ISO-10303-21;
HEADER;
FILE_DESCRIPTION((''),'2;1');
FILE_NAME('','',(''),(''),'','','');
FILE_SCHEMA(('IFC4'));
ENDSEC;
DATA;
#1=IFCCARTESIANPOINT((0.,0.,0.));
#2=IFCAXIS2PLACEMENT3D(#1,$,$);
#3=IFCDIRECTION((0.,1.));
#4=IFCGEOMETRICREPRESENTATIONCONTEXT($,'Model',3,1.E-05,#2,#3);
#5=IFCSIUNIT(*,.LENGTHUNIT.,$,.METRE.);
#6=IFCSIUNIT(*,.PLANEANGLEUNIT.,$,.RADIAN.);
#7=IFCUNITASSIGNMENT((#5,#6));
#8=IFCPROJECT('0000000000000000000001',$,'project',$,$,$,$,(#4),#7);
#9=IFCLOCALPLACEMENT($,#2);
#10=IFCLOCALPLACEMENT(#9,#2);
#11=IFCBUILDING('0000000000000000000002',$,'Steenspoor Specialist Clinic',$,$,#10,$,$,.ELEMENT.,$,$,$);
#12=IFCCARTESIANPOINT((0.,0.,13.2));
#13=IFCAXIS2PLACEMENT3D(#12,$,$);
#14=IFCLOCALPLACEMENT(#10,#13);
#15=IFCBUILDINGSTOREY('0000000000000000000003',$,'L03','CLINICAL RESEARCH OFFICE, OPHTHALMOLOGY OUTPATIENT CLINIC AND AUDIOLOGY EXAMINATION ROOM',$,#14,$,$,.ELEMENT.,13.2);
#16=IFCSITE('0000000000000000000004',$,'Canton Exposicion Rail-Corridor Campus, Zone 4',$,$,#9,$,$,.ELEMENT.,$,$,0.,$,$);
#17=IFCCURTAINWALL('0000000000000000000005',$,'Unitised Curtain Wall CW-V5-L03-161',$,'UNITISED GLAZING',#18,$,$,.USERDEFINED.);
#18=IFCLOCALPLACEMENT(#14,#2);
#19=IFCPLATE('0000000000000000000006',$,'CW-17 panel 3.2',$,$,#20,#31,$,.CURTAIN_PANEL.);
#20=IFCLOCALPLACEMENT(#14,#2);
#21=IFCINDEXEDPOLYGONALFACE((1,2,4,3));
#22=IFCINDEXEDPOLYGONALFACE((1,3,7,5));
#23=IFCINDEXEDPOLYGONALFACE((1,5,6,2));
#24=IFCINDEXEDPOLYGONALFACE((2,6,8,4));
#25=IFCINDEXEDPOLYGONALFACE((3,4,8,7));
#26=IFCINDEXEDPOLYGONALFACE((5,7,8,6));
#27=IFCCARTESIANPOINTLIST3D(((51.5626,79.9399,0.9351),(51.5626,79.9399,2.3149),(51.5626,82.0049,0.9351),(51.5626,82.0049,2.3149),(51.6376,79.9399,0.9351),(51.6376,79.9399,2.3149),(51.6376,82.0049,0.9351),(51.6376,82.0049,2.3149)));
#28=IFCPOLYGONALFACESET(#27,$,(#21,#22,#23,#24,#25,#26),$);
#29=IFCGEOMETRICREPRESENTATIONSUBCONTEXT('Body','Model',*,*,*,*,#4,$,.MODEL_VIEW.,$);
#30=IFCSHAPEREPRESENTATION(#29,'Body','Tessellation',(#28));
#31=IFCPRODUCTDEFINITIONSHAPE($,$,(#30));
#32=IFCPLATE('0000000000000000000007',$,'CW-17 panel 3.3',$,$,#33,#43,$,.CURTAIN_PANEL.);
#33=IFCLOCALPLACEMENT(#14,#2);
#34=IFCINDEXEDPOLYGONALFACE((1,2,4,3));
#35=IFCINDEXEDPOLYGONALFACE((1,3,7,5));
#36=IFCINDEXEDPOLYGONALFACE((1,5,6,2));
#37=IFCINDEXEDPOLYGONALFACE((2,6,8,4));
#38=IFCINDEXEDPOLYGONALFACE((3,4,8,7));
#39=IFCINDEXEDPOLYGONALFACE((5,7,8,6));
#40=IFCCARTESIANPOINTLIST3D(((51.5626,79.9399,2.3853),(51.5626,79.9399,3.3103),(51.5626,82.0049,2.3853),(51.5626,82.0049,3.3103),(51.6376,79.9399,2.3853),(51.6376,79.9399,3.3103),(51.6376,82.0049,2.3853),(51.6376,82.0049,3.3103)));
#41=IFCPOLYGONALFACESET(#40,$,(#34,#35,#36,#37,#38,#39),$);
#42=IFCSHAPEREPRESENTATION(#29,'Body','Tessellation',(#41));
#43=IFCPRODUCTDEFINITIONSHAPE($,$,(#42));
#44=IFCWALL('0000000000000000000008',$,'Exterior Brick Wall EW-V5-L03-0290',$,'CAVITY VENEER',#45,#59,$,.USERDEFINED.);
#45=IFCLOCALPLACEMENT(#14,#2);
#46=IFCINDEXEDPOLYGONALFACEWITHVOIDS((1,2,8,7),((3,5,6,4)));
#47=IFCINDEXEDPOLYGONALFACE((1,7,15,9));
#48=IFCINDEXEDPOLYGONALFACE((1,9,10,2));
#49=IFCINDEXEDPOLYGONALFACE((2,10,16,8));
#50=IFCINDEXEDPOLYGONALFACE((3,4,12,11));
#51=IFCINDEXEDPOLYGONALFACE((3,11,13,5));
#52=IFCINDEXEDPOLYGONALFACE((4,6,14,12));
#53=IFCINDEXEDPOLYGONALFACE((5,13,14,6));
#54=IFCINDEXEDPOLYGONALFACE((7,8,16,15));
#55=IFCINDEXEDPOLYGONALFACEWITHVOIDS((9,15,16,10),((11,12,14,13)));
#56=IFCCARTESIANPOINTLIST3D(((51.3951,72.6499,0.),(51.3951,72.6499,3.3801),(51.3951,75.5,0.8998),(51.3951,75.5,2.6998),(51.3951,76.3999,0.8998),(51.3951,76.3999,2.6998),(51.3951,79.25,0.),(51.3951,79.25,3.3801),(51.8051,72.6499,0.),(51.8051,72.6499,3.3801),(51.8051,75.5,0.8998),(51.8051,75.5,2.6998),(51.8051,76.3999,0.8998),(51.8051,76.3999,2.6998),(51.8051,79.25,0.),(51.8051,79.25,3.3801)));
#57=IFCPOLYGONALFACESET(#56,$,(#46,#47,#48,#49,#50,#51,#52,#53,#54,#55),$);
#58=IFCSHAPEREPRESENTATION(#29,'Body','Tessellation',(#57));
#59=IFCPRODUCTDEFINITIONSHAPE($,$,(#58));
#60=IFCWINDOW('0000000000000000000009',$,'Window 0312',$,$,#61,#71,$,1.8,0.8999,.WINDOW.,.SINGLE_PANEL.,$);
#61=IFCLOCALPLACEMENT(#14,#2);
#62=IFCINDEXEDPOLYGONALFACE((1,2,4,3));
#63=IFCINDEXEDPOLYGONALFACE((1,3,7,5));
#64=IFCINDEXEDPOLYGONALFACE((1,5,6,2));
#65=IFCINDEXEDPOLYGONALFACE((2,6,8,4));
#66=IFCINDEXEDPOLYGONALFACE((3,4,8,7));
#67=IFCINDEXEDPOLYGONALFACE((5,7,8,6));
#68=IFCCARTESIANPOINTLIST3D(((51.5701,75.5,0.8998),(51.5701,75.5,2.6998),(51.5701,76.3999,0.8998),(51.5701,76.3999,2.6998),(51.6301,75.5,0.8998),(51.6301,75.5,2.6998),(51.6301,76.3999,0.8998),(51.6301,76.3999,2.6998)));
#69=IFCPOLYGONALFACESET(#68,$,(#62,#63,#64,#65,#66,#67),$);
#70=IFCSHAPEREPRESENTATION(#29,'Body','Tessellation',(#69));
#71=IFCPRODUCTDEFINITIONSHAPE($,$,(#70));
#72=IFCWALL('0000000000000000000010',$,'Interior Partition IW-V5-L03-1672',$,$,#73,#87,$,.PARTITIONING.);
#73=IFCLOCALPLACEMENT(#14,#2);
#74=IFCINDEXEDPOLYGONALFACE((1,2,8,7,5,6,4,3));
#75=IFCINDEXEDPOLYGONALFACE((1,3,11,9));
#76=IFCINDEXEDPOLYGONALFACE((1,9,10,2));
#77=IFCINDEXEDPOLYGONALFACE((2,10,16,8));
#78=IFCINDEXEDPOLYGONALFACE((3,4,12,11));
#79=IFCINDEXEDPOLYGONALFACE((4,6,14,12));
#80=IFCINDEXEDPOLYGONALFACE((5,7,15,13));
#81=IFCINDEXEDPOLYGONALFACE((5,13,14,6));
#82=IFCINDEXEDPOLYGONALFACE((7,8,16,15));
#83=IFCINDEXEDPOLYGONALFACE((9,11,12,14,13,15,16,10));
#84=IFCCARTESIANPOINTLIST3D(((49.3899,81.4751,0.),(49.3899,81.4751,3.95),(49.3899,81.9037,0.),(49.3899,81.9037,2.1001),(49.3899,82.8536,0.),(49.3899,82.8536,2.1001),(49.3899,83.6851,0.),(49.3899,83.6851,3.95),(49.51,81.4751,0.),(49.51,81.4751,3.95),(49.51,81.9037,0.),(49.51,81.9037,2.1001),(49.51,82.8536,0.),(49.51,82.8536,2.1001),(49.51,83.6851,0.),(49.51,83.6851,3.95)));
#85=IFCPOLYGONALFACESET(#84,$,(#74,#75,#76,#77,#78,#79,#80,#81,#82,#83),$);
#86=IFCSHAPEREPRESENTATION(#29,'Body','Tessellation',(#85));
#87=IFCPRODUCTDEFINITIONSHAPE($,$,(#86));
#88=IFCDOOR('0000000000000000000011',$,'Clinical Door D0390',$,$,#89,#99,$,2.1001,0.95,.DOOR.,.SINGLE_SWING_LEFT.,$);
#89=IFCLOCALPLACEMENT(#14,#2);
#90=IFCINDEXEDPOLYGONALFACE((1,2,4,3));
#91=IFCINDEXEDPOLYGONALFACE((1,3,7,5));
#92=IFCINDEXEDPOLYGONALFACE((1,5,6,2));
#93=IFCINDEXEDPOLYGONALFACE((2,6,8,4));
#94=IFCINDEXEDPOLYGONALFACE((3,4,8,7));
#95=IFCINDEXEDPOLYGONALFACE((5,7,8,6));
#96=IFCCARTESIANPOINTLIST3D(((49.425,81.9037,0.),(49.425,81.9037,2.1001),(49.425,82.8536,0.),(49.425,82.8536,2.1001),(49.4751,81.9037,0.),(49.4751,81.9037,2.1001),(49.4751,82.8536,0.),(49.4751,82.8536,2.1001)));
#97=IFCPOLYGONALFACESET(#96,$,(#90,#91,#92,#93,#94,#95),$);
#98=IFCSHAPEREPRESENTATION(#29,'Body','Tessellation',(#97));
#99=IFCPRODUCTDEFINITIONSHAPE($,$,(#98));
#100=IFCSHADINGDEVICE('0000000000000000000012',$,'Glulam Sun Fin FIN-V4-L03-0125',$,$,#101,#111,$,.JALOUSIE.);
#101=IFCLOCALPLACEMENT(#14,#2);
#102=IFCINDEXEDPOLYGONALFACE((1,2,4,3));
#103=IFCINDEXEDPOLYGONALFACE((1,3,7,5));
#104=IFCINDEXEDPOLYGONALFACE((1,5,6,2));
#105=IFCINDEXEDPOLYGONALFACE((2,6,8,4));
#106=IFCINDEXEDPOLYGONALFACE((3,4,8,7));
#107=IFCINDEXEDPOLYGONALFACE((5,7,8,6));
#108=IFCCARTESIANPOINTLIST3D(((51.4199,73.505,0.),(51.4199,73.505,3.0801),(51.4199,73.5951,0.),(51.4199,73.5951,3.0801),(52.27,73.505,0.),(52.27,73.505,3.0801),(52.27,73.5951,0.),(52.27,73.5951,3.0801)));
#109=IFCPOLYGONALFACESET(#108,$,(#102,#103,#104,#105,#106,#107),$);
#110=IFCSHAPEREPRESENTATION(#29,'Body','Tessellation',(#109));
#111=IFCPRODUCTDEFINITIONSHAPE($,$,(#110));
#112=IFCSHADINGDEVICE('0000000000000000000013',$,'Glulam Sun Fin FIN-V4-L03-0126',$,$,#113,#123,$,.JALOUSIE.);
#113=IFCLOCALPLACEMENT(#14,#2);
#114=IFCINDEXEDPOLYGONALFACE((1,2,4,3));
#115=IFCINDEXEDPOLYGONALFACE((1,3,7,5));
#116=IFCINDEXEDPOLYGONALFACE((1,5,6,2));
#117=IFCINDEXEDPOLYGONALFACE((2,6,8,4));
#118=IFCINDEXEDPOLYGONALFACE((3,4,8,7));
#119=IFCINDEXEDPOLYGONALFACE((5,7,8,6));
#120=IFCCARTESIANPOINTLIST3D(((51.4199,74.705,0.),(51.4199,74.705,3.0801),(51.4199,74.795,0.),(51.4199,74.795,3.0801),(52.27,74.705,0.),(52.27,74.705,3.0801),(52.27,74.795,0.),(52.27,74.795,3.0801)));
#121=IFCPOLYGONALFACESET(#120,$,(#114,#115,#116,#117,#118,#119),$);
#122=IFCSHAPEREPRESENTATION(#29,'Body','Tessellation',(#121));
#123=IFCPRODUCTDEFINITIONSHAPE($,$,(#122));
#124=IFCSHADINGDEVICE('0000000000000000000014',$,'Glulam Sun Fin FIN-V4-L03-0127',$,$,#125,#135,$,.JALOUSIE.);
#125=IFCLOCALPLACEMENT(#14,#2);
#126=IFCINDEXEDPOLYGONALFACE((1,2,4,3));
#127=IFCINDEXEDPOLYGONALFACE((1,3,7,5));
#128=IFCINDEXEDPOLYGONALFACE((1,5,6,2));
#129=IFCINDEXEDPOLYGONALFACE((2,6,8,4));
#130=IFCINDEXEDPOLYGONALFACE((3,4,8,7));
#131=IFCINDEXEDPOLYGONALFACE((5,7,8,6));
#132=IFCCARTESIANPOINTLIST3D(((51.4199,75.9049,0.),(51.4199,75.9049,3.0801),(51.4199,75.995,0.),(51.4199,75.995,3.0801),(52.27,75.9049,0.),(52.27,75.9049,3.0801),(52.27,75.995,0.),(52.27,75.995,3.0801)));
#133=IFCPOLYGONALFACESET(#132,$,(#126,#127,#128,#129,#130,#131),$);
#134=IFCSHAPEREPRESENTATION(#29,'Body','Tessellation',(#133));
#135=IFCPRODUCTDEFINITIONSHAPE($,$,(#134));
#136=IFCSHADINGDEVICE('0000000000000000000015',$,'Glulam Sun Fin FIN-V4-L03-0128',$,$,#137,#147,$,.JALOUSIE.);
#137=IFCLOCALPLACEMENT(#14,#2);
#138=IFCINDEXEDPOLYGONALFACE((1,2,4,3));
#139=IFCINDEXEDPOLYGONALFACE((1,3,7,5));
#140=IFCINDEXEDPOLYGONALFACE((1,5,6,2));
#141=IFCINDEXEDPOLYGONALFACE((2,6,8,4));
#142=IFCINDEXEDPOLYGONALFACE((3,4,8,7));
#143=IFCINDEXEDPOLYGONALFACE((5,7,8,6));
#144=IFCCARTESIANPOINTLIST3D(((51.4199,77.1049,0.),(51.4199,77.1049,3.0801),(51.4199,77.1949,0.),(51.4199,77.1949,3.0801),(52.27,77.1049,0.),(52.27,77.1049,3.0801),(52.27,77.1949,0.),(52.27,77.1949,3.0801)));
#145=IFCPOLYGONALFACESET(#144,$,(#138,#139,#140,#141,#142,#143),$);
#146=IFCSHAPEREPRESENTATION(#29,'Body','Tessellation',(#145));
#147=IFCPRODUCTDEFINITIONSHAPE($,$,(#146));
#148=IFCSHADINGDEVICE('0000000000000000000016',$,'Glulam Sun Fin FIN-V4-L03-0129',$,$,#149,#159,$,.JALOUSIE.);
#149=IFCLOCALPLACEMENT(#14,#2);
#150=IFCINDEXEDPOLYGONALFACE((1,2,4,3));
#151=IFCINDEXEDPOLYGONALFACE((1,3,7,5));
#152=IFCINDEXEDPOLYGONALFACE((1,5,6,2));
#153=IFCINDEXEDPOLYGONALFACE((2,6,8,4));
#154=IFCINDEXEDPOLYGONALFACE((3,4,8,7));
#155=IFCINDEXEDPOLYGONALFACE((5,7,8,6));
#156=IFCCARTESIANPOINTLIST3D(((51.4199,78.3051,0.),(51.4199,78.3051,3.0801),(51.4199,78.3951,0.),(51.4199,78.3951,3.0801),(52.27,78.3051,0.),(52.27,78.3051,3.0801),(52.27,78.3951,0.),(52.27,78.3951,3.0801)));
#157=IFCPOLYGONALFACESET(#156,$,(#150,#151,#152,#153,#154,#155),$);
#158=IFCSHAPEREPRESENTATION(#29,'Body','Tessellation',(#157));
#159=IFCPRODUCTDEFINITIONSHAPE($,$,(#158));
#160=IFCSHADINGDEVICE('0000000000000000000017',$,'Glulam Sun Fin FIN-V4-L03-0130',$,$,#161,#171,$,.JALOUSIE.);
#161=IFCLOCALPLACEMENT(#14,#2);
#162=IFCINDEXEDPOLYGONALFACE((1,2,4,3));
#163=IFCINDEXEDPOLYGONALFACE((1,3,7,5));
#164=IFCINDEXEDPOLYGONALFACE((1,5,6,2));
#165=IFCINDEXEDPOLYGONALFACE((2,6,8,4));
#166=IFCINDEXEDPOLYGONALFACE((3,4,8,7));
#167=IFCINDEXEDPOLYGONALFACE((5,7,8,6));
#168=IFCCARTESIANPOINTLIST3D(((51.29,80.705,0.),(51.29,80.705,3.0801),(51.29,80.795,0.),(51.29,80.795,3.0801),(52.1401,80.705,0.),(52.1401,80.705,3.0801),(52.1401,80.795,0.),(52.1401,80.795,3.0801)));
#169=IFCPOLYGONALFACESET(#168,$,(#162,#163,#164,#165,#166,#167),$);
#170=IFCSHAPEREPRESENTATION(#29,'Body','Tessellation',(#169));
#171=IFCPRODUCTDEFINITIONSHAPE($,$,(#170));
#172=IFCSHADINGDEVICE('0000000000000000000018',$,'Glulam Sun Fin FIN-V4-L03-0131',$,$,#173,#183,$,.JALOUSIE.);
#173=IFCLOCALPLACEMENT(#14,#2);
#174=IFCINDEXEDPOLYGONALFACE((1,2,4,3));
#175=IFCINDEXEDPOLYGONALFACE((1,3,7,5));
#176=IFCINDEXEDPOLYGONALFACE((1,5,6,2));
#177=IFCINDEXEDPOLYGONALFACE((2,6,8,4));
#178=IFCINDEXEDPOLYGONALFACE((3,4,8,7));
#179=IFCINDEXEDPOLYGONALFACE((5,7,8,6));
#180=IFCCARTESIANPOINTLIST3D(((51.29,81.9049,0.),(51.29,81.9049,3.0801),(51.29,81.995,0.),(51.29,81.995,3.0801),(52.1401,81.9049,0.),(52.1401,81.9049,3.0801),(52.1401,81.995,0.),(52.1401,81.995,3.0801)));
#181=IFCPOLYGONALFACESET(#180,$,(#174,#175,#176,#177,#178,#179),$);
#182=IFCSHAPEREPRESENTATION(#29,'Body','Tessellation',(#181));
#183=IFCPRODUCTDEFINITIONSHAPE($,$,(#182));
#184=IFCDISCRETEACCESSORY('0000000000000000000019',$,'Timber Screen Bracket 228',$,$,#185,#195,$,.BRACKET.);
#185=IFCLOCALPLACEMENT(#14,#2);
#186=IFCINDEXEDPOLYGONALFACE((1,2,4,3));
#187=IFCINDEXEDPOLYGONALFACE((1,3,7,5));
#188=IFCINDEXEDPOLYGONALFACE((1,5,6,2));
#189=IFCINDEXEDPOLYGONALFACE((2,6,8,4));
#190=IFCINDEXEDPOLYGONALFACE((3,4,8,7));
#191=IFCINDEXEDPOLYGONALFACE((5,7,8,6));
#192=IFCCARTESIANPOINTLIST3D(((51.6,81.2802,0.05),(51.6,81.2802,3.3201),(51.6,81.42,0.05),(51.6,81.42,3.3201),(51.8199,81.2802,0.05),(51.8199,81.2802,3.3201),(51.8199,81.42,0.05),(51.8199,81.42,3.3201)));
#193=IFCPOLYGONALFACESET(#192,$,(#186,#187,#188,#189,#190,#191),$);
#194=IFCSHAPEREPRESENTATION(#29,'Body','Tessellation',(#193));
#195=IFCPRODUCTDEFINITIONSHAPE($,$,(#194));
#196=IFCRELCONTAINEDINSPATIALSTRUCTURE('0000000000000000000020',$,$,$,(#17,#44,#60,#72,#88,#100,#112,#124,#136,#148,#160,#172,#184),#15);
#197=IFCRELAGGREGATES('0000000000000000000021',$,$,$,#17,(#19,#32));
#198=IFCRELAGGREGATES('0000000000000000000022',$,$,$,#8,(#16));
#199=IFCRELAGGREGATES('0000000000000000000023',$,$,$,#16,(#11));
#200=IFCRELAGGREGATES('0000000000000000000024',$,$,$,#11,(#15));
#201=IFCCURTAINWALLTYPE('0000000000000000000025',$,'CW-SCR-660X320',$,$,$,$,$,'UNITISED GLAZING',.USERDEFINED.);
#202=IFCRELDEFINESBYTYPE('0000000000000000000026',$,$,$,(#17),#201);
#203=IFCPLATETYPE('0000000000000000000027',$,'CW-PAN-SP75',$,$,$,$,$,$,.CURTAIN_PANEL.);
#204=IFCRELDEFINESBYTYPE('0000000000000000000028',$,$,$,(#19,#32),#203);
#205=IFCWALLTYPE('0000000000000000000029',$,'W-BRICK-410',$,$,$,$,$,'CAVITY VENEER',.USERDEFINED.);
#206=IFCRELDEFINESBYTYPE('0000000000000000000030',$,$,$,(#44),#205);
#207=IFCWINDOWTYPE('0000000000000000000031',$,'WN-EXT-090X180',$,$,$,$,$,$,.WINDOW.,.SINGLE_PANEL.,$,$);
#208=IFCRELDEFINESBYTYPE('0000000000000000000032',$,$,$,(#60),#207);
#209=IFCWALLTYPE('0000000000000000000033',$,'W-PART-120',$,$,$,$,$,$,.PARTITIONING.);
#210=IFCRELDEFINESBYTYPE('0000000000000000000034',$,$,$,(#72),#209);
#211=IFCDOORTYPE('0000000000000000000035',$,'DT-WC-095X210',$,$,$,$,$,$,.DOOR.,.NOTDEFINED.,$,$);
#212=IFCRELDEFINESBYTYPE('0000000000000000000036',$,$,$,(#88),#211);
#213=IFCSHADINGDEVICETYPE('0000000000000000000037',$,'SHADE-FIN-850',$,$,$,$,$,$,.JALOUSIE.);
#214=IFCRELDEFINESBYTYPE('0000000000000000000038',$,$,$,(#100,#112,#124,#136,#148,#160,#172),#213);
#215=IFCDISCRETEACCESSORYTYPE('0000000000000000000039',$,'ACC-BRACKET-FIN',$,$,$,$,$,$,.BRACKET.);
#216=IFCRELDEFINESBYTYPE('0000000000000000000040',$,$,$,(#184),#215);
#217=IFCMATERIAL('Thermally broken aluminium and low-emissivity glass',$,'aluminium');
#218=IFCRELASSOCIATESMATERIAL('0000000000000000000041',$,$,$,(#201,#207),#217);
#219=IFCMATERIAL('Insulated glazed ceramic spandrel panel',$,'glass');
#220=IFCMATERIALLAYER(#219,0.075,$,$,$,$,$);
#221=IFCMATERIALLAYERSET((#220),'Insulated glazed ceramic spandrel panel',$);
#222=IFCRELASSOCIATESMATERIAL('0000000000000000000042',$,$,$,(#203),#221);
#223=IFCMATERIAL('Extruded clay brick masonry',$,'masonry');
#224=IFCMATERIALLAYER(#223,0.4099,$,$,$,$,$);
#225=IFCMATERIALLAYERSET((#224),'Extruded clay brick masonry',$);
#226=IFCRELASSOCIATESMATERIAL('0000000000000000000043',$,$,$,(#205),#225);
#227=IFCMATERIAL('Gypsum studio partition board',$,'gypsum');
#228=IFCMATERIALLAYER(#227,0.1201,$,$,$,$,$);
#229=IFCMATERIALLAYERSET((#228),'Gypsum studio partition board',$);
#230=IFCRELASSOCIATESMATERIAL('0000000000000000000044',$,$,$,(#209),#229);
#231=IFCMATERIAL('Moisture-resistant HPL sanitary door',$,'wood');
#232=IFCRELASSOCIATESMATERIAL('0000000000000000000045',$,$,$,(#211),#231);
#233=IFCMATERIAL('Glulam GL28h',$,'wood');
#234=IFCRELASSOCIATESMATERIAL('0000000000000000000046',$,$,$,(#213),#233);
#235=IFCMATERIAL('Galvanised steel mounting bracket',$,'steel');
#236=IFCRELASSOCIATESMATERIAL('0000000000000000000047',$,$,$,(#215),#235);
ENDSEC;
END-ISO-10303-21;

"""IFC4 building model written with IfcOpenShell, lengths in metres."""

from ifc_helpers import new_model, si_unit, direction, frame, frame_2d, origin, origin_2d, place, context, subcontext, project, spatial, rectangle, extrude, material, layer, layer_set, material_profile, profile_set, type_object, element, fill, aggregate, save


model = new_model("IFC4")

# Units and contexts
model_context = context("Model", 3, precision=1e-05, world=origin(), true_north=direction((0.0, 1.0)))
body_context = subcontext(model_context, "Body", "Model", "MODEL_VIEW")
ifc_project = project(units=[si_unit("LENGTHUNIT", "METRE"), si_unit("PLANEANGLEUNIT", "RADIAN")], contexts=[model_context])

# Site, building, storey
site_placement = place(None, origin())
site = spatial("IfcSite", under=ifc_project, at=site_placement, Name="Canton Exposicion Rail-Corridor Campus, Zone 4", CompositionType="ELEMENT", RefElevation=0.0)
building_placement = place(site_placement, origin())
building = spatial("IfcBuilding", under=site, at=building_placement, Name="Steenspoor Specialist Clinic", CompositionType="ELEMENT")
storey_placement = place(building_placement, frame((0.0, 0.0, 13.2)))
storey = spatial("IfcBuildingStorey", under=building, at=storey_placement, Name="L03", Description="CLINICAL RESEARCH OFFICE, OPHTHALMOLOGY OUTPATIENT CLINIC AND AUDIOLOGY EXAMINATION ROOM", CompositionType="ELEMENT", Elevation=13.2)

# Curtain wall
ifc_material_1 = material(Name="Thermally broken aluminium and low-emissivity glass", Category="aluminium")
curtain_wall_type_1 = type_object("IfcCurtainWallType", Name="CW-SCR-660X320", ElementType="UNITISED GLAZING", PredefinedType="USERDEFINED", material=ifc_material_1)
curtain_wall_1_placement = place(storey_placement, origin())
curtain_wall_1 = element("IfcCurtainWall", 1, at=curtain_wall_1_placement, inside=storey, type_object=curtain_wall_type_1, Name="Unitised Curtain Wall CW-V5-L03-161", ObjectType="UNITISED GLAZING", PredefinedType="USERDEFINED")

# Shared definitions
ifc_material_2 = material(Name="Glulam GL28h", Category="wood")

# Plates
ifc_material_3 = material(Name="Insulated glazed ceramic spandrel panel", Category="glass")
ifc_layer_1 = layer(ifc_material_3, 0.075)
ifc_layer_set_1 = layer_set([ifc_layer_1], Name="Insulated glazed ceramic spandrel panel")
plate_type = type_object("IfcPlateType", Name="CW-PAN-SP75", PredefinedType="CURTAIN_PANEL", material=ifc_layer_set_1)
plate_1_placement = place(storey_placement, frame((51.6001, 80.9724, 0.9351), z_axis=(0.0, 0.0, 1.0), x_axis=(0.0, -1.0, 0.0)))
plate_1 = element("IfcPlate", 2, at=plate_1_placement, type_object=plate_type, Name="CW-17 panel 3.2", PredefinedType="CURTAIN_PANEL", context=body_context, shape_type="SweptSolid", body=[
    extrude(rectangle(XDim=2.0649, YDim=0.075, at=origin_2d()), origin(), (0.0, 0.0, 1.0), 1.3799),
])
plate_2_placement = place(storey_placement, frame((51.6001, 80.9724, 2.3853), z_axis=(0.0, 0.0, 1.0), x_axis=(0.0, -1.0, 0.0)))
plate_2 = element("IfcPlate", 3, at=plate_2_placement, type_object=plate_type, Name="CW-17 panel 3.3", PredefinedType="CURTAIN_PANEL", context=body_context, shape_type="SweptSolid", body=[
    extrude(rectangle(XDim=2.0649, YDim=0.075, at=origin_2d()), origin(), (0.0, 0.0, 1.0), 0.925),
])
aggregate(curtain_wall_1, [plate_1, plate_2])

# Wall, opening, window
ifc_material_4 = material(Name="Extruded clay brick masonry", Category="masonry")
ifc_layer_2 = layer(ifc_material_4, 0.4099)
ifc_layer_set_2 = layer_set([ifc_layer_2], Name="Extruded clay brick masonry")
wall_type_1 = type_object("IfcWallType", Name="W-BRICK-410", ElementType="CAVITY VENEER", PredefinedType="USERDEFINED", material=ifc_layer_set_2)
wall_1_placement = place(storey_placement, frame((51.6001, 79.25, 0.0), z_axis=(0.0, 0.0, 1.0), x_axis=(0.0, -1.0, 0.0)))
wall_1 = element("IfcWall", 4, at=wall_1_placement, inside=storey, type_object=wall_type_1, Name="Exterior Brick Wall EW-V5-L03-0290", ObjectType="CAVITY VENEER", PredefinedType="USERDEFINED", context=body_context, shape_type="SweptSolid", body=[
    extrude(rectangle(XDim=6.6001, YDim=0.4099, at=frame_2d((3.3, 0.0))), origin(), (0.0, 0.0, 1.0), 3.3801),
])
opening_1_placement = place(wall_1_placement, frame((2.8501, 0.0, 0.8999)))
opening_1 = element("IfcOpeningElement", 5, at=opening_1_placement, cuts=wall_1, PredefinedType="OPENING", context=body_context, shape_type="SweptSolid", body=[
    extrude(rectangle(XDim=0.8999, YDim=1.8, at=frame_2d((0.45, 0.8999))), frame((0.0, 0.2148, 0.0), z_axis=(0.0, -1.0, 0.0), x_axis=(1.0, 0.0, 0.0)), (0.0, 0.0, 1.0), 0.4299),
])
window_type = type_object("IfcWindowType", Name="WN-EXT-090X180", PartitioningType="SINGLE_PANEL", PredefinedType="WINDOW", material=ifc_material_1)
window_placement = place(opening_1_placement, origin())
window = element("IfcWindow", 6, at=window_placement, inside=storey, type_object=window_type, Name="Window 0312", OverallHeight=1.8, OverallWidth=0.8999, PartitioningType="SINGLE_PANEL", PredefinedType="WINDOW", context=body_context, shape_type="SweptSolid", body=[
    extrude(rectangle(XDim=0.8999, YDim=1.8, at=frame_2d((0.45, 0.8999))), frame((0.0, 0.03, 0.0), z_axis=(0.0, -1.0, 0.0), x_axis=(1.0, 0.0, 0.0)), (0.0, 0.0, 1.0), 0.0601),
])
fill(opening_1, window)

# Wall, opening, door
ifc_material_5 = material(Name="Gypsum studio partition board", Category="gypsum")
ifc_layer_3 = layer(ifc_material_5, 0.1201)
ifc_layer_set_3 = layer_set([ifc_layer_3], Name="Gypsum studio partition board")
wall_type_2 = type_object("IfcWallType", Name="W-PART-120", PredefinedType="PARTITIONING", material=ifc_layer_set_3)
wall_2_placement = place(storey_placement, frame((49.45, 81.4751, 0.0), z_axis=(0.0, 0.0, 1.0), x_axis=(0.0, 1.0, 0.0)))
wall_2 = element("IfcWall", 7, at=wall_2_placement, inside=storey, type_object=wall_type_2, Name="Interior Partition IW-V5-L03-1672", PredefinedType="PARTITIONING", context=body_context, shape_type="SweptSolid", body=[
    extrude(rectangle(XDim=2.21, YDim=0.1201, at=frame_2d((1.105, 0.0))), origin(), (0.0, 0.0, 1.0), 3.95),
])
opening_2_placement = place(wall_2_placement, frame((0.4285, 0.0, 0.0)))
opening_2 = element("IfcOpeningElement", 8, at=opening_2_placement, cuts=wall_2, PredefinedType="OPENING", context=body_context, shape_type="SweptSolid", body=[
    extrude(rectangle(XDim=0.95, YDim=2.1001, at=frame_2d((0.4751, 1.05))), frame((0.0, 0.0701, 0.0), z_axis=(0.0, -1.0, 0.0), x_axis=(1.0, 0.0, 0.0)), (0.0, 0.0, 1.0), 0.1401),
])
ifc_material_6 = material(Name="Moisture-resistant HPL sanitary door", Category="wood")
door_type = type_object("IfcDoorType", Name="DT-WC-095X210", OperationType="NOTDEFINED", PredefinedType="DOOR", material=ifc_material_6)
door_placement = place(opening_2_placement, origin())
door = element("IfcDoor", 9, at=door_placement, inside=storey, type_object=door_type, Name="Clinical Door D0390", OperationType="SINGLE_SWING_LEFT", OverallHeight=2.1001, OverallWidth=0.95, PredefinedType="DOOR", context=body_context, shape_type="SweptSolid", body=[
    extrude(rectangle(XDim=0.95, YDim=2.1001, at=frame_2d((0.4751, 1.05))), frame((0.0, 0.0249, 0.0), z_axis=(0.0, -1.0, 0.0), x_axis=(1.0, 0.0, 0.0)), (0.0, 0.0, 1.0), 0.05),
])
fill(opening_2, door)

# Shading devices
ifc_material_profile_1 = material_profile(ifc_material_2, rectangle(XDim=0.0901, YDim=0.8501, at=origin_2d()), Name="GL28H-90X850")
ifc_profile_set_1 = profile_set([ifc_material_profile_1], Name="Glulam GL28h")
shading_device_type = type_object("IfcShadingDeviceType", Name="SHADE-FIN-850", PredefinedType="JALOUSIE", material=ifc_profile_set_1)
for number, where, z_axis, x_axis, name in (
    (10, (51.845, 73.55, 0.0), (0.0, 0.0, 1.0), (0.0, 1.0, 0.0), "Glulam Sun Fin FIN-V4-L03-0125"),
    (11, (51.845, 74.75, 0.0), (0.0, 0.0, 1.0), (0.0, 1.0, 0.0), "Glulam Sun Fin FIN-V4-L03-0126"),
    (12, (51.845, 75.95, 0.0), (0.0, 0.0, 1.0), (0.0, 1.0, 0.0), "Glulam Sun Fin FIN-V4-L03-0127"),
    (13, (51.845, 77.1499, 0.0), (0.0, 0.0, 1.0), (0.0, 1.0, 0.0), "Glulam Sun Fin FIN-V4-L03-0128"),
    (14, (51.845, 78.3501, 0.0), (0.0, 0.0, 1.0), (0.0, 1.0, 0.0), "Glulam Sun Fin FIN-V4-L03-0129"),
    (15, (51.7151, 80.75, 0.0), (0.0, 0.0, 1.0), (0.0, 1.0, 0.0), "Glulam Sun Fin FIN-V4-L03-0130"),
    (16, (51.7151, 81.95, 0.0), (0.0, 0.0, 1.0), (0.0, 1.0, 0.0), "Glulam Sun Fin FIN-V4-L03-0131"),
):
    element("IfcShadingDevice", number, at=place(storey_placement, frame(where, z_axis=z_axis, x_axis=x_axis)), inside=storey, type_object=shading_device_type, Name=name, PredefinedType="JALOUSIE", context=body_context, shape_type="SweptSolid", body=[
        extrude(rectangle(XDim=0.0901, YDim=0.8501, at=origin_2d()), origin(), (0.0, 0.0, 1.0), 3.0801),
    ])

# Discrete accessory
ifc_material_7 = material(Name="Galvanised steel mounting bracket", Category="steel")
discrete_accessory_type = type_object("IfcDiscreteAccessoryType", Name="ACC-BRACKET-FIN", PredefinedType="BRACKET", material=ifc_material_7)
for number, where, z_axis, x_axis, name in (
    (17, (51.71, 81.3501, 0.05), (0.0, 0.0, 1.0), (1.0, 0.0, 0.0), "Timber Screen Bracket 228"),
):
    element("IfcDiscreteAccessory", number, at=place(storey_placement, frame(where, z_axis=z_axis, x_axis=x_axis)), inside=storey, type_object=discrete_accessory_type, Name=name, PredefinedType="BRACKET", context=body_context, shape_type="SweptSolid", body=[
        extrude(rectangle(XDim=0.22, YDim=0.1399, at=origin_2d()), origin(), (0.0, 0.0, 1.0), 3.27),
    ])

save(model, "model.ifc")
